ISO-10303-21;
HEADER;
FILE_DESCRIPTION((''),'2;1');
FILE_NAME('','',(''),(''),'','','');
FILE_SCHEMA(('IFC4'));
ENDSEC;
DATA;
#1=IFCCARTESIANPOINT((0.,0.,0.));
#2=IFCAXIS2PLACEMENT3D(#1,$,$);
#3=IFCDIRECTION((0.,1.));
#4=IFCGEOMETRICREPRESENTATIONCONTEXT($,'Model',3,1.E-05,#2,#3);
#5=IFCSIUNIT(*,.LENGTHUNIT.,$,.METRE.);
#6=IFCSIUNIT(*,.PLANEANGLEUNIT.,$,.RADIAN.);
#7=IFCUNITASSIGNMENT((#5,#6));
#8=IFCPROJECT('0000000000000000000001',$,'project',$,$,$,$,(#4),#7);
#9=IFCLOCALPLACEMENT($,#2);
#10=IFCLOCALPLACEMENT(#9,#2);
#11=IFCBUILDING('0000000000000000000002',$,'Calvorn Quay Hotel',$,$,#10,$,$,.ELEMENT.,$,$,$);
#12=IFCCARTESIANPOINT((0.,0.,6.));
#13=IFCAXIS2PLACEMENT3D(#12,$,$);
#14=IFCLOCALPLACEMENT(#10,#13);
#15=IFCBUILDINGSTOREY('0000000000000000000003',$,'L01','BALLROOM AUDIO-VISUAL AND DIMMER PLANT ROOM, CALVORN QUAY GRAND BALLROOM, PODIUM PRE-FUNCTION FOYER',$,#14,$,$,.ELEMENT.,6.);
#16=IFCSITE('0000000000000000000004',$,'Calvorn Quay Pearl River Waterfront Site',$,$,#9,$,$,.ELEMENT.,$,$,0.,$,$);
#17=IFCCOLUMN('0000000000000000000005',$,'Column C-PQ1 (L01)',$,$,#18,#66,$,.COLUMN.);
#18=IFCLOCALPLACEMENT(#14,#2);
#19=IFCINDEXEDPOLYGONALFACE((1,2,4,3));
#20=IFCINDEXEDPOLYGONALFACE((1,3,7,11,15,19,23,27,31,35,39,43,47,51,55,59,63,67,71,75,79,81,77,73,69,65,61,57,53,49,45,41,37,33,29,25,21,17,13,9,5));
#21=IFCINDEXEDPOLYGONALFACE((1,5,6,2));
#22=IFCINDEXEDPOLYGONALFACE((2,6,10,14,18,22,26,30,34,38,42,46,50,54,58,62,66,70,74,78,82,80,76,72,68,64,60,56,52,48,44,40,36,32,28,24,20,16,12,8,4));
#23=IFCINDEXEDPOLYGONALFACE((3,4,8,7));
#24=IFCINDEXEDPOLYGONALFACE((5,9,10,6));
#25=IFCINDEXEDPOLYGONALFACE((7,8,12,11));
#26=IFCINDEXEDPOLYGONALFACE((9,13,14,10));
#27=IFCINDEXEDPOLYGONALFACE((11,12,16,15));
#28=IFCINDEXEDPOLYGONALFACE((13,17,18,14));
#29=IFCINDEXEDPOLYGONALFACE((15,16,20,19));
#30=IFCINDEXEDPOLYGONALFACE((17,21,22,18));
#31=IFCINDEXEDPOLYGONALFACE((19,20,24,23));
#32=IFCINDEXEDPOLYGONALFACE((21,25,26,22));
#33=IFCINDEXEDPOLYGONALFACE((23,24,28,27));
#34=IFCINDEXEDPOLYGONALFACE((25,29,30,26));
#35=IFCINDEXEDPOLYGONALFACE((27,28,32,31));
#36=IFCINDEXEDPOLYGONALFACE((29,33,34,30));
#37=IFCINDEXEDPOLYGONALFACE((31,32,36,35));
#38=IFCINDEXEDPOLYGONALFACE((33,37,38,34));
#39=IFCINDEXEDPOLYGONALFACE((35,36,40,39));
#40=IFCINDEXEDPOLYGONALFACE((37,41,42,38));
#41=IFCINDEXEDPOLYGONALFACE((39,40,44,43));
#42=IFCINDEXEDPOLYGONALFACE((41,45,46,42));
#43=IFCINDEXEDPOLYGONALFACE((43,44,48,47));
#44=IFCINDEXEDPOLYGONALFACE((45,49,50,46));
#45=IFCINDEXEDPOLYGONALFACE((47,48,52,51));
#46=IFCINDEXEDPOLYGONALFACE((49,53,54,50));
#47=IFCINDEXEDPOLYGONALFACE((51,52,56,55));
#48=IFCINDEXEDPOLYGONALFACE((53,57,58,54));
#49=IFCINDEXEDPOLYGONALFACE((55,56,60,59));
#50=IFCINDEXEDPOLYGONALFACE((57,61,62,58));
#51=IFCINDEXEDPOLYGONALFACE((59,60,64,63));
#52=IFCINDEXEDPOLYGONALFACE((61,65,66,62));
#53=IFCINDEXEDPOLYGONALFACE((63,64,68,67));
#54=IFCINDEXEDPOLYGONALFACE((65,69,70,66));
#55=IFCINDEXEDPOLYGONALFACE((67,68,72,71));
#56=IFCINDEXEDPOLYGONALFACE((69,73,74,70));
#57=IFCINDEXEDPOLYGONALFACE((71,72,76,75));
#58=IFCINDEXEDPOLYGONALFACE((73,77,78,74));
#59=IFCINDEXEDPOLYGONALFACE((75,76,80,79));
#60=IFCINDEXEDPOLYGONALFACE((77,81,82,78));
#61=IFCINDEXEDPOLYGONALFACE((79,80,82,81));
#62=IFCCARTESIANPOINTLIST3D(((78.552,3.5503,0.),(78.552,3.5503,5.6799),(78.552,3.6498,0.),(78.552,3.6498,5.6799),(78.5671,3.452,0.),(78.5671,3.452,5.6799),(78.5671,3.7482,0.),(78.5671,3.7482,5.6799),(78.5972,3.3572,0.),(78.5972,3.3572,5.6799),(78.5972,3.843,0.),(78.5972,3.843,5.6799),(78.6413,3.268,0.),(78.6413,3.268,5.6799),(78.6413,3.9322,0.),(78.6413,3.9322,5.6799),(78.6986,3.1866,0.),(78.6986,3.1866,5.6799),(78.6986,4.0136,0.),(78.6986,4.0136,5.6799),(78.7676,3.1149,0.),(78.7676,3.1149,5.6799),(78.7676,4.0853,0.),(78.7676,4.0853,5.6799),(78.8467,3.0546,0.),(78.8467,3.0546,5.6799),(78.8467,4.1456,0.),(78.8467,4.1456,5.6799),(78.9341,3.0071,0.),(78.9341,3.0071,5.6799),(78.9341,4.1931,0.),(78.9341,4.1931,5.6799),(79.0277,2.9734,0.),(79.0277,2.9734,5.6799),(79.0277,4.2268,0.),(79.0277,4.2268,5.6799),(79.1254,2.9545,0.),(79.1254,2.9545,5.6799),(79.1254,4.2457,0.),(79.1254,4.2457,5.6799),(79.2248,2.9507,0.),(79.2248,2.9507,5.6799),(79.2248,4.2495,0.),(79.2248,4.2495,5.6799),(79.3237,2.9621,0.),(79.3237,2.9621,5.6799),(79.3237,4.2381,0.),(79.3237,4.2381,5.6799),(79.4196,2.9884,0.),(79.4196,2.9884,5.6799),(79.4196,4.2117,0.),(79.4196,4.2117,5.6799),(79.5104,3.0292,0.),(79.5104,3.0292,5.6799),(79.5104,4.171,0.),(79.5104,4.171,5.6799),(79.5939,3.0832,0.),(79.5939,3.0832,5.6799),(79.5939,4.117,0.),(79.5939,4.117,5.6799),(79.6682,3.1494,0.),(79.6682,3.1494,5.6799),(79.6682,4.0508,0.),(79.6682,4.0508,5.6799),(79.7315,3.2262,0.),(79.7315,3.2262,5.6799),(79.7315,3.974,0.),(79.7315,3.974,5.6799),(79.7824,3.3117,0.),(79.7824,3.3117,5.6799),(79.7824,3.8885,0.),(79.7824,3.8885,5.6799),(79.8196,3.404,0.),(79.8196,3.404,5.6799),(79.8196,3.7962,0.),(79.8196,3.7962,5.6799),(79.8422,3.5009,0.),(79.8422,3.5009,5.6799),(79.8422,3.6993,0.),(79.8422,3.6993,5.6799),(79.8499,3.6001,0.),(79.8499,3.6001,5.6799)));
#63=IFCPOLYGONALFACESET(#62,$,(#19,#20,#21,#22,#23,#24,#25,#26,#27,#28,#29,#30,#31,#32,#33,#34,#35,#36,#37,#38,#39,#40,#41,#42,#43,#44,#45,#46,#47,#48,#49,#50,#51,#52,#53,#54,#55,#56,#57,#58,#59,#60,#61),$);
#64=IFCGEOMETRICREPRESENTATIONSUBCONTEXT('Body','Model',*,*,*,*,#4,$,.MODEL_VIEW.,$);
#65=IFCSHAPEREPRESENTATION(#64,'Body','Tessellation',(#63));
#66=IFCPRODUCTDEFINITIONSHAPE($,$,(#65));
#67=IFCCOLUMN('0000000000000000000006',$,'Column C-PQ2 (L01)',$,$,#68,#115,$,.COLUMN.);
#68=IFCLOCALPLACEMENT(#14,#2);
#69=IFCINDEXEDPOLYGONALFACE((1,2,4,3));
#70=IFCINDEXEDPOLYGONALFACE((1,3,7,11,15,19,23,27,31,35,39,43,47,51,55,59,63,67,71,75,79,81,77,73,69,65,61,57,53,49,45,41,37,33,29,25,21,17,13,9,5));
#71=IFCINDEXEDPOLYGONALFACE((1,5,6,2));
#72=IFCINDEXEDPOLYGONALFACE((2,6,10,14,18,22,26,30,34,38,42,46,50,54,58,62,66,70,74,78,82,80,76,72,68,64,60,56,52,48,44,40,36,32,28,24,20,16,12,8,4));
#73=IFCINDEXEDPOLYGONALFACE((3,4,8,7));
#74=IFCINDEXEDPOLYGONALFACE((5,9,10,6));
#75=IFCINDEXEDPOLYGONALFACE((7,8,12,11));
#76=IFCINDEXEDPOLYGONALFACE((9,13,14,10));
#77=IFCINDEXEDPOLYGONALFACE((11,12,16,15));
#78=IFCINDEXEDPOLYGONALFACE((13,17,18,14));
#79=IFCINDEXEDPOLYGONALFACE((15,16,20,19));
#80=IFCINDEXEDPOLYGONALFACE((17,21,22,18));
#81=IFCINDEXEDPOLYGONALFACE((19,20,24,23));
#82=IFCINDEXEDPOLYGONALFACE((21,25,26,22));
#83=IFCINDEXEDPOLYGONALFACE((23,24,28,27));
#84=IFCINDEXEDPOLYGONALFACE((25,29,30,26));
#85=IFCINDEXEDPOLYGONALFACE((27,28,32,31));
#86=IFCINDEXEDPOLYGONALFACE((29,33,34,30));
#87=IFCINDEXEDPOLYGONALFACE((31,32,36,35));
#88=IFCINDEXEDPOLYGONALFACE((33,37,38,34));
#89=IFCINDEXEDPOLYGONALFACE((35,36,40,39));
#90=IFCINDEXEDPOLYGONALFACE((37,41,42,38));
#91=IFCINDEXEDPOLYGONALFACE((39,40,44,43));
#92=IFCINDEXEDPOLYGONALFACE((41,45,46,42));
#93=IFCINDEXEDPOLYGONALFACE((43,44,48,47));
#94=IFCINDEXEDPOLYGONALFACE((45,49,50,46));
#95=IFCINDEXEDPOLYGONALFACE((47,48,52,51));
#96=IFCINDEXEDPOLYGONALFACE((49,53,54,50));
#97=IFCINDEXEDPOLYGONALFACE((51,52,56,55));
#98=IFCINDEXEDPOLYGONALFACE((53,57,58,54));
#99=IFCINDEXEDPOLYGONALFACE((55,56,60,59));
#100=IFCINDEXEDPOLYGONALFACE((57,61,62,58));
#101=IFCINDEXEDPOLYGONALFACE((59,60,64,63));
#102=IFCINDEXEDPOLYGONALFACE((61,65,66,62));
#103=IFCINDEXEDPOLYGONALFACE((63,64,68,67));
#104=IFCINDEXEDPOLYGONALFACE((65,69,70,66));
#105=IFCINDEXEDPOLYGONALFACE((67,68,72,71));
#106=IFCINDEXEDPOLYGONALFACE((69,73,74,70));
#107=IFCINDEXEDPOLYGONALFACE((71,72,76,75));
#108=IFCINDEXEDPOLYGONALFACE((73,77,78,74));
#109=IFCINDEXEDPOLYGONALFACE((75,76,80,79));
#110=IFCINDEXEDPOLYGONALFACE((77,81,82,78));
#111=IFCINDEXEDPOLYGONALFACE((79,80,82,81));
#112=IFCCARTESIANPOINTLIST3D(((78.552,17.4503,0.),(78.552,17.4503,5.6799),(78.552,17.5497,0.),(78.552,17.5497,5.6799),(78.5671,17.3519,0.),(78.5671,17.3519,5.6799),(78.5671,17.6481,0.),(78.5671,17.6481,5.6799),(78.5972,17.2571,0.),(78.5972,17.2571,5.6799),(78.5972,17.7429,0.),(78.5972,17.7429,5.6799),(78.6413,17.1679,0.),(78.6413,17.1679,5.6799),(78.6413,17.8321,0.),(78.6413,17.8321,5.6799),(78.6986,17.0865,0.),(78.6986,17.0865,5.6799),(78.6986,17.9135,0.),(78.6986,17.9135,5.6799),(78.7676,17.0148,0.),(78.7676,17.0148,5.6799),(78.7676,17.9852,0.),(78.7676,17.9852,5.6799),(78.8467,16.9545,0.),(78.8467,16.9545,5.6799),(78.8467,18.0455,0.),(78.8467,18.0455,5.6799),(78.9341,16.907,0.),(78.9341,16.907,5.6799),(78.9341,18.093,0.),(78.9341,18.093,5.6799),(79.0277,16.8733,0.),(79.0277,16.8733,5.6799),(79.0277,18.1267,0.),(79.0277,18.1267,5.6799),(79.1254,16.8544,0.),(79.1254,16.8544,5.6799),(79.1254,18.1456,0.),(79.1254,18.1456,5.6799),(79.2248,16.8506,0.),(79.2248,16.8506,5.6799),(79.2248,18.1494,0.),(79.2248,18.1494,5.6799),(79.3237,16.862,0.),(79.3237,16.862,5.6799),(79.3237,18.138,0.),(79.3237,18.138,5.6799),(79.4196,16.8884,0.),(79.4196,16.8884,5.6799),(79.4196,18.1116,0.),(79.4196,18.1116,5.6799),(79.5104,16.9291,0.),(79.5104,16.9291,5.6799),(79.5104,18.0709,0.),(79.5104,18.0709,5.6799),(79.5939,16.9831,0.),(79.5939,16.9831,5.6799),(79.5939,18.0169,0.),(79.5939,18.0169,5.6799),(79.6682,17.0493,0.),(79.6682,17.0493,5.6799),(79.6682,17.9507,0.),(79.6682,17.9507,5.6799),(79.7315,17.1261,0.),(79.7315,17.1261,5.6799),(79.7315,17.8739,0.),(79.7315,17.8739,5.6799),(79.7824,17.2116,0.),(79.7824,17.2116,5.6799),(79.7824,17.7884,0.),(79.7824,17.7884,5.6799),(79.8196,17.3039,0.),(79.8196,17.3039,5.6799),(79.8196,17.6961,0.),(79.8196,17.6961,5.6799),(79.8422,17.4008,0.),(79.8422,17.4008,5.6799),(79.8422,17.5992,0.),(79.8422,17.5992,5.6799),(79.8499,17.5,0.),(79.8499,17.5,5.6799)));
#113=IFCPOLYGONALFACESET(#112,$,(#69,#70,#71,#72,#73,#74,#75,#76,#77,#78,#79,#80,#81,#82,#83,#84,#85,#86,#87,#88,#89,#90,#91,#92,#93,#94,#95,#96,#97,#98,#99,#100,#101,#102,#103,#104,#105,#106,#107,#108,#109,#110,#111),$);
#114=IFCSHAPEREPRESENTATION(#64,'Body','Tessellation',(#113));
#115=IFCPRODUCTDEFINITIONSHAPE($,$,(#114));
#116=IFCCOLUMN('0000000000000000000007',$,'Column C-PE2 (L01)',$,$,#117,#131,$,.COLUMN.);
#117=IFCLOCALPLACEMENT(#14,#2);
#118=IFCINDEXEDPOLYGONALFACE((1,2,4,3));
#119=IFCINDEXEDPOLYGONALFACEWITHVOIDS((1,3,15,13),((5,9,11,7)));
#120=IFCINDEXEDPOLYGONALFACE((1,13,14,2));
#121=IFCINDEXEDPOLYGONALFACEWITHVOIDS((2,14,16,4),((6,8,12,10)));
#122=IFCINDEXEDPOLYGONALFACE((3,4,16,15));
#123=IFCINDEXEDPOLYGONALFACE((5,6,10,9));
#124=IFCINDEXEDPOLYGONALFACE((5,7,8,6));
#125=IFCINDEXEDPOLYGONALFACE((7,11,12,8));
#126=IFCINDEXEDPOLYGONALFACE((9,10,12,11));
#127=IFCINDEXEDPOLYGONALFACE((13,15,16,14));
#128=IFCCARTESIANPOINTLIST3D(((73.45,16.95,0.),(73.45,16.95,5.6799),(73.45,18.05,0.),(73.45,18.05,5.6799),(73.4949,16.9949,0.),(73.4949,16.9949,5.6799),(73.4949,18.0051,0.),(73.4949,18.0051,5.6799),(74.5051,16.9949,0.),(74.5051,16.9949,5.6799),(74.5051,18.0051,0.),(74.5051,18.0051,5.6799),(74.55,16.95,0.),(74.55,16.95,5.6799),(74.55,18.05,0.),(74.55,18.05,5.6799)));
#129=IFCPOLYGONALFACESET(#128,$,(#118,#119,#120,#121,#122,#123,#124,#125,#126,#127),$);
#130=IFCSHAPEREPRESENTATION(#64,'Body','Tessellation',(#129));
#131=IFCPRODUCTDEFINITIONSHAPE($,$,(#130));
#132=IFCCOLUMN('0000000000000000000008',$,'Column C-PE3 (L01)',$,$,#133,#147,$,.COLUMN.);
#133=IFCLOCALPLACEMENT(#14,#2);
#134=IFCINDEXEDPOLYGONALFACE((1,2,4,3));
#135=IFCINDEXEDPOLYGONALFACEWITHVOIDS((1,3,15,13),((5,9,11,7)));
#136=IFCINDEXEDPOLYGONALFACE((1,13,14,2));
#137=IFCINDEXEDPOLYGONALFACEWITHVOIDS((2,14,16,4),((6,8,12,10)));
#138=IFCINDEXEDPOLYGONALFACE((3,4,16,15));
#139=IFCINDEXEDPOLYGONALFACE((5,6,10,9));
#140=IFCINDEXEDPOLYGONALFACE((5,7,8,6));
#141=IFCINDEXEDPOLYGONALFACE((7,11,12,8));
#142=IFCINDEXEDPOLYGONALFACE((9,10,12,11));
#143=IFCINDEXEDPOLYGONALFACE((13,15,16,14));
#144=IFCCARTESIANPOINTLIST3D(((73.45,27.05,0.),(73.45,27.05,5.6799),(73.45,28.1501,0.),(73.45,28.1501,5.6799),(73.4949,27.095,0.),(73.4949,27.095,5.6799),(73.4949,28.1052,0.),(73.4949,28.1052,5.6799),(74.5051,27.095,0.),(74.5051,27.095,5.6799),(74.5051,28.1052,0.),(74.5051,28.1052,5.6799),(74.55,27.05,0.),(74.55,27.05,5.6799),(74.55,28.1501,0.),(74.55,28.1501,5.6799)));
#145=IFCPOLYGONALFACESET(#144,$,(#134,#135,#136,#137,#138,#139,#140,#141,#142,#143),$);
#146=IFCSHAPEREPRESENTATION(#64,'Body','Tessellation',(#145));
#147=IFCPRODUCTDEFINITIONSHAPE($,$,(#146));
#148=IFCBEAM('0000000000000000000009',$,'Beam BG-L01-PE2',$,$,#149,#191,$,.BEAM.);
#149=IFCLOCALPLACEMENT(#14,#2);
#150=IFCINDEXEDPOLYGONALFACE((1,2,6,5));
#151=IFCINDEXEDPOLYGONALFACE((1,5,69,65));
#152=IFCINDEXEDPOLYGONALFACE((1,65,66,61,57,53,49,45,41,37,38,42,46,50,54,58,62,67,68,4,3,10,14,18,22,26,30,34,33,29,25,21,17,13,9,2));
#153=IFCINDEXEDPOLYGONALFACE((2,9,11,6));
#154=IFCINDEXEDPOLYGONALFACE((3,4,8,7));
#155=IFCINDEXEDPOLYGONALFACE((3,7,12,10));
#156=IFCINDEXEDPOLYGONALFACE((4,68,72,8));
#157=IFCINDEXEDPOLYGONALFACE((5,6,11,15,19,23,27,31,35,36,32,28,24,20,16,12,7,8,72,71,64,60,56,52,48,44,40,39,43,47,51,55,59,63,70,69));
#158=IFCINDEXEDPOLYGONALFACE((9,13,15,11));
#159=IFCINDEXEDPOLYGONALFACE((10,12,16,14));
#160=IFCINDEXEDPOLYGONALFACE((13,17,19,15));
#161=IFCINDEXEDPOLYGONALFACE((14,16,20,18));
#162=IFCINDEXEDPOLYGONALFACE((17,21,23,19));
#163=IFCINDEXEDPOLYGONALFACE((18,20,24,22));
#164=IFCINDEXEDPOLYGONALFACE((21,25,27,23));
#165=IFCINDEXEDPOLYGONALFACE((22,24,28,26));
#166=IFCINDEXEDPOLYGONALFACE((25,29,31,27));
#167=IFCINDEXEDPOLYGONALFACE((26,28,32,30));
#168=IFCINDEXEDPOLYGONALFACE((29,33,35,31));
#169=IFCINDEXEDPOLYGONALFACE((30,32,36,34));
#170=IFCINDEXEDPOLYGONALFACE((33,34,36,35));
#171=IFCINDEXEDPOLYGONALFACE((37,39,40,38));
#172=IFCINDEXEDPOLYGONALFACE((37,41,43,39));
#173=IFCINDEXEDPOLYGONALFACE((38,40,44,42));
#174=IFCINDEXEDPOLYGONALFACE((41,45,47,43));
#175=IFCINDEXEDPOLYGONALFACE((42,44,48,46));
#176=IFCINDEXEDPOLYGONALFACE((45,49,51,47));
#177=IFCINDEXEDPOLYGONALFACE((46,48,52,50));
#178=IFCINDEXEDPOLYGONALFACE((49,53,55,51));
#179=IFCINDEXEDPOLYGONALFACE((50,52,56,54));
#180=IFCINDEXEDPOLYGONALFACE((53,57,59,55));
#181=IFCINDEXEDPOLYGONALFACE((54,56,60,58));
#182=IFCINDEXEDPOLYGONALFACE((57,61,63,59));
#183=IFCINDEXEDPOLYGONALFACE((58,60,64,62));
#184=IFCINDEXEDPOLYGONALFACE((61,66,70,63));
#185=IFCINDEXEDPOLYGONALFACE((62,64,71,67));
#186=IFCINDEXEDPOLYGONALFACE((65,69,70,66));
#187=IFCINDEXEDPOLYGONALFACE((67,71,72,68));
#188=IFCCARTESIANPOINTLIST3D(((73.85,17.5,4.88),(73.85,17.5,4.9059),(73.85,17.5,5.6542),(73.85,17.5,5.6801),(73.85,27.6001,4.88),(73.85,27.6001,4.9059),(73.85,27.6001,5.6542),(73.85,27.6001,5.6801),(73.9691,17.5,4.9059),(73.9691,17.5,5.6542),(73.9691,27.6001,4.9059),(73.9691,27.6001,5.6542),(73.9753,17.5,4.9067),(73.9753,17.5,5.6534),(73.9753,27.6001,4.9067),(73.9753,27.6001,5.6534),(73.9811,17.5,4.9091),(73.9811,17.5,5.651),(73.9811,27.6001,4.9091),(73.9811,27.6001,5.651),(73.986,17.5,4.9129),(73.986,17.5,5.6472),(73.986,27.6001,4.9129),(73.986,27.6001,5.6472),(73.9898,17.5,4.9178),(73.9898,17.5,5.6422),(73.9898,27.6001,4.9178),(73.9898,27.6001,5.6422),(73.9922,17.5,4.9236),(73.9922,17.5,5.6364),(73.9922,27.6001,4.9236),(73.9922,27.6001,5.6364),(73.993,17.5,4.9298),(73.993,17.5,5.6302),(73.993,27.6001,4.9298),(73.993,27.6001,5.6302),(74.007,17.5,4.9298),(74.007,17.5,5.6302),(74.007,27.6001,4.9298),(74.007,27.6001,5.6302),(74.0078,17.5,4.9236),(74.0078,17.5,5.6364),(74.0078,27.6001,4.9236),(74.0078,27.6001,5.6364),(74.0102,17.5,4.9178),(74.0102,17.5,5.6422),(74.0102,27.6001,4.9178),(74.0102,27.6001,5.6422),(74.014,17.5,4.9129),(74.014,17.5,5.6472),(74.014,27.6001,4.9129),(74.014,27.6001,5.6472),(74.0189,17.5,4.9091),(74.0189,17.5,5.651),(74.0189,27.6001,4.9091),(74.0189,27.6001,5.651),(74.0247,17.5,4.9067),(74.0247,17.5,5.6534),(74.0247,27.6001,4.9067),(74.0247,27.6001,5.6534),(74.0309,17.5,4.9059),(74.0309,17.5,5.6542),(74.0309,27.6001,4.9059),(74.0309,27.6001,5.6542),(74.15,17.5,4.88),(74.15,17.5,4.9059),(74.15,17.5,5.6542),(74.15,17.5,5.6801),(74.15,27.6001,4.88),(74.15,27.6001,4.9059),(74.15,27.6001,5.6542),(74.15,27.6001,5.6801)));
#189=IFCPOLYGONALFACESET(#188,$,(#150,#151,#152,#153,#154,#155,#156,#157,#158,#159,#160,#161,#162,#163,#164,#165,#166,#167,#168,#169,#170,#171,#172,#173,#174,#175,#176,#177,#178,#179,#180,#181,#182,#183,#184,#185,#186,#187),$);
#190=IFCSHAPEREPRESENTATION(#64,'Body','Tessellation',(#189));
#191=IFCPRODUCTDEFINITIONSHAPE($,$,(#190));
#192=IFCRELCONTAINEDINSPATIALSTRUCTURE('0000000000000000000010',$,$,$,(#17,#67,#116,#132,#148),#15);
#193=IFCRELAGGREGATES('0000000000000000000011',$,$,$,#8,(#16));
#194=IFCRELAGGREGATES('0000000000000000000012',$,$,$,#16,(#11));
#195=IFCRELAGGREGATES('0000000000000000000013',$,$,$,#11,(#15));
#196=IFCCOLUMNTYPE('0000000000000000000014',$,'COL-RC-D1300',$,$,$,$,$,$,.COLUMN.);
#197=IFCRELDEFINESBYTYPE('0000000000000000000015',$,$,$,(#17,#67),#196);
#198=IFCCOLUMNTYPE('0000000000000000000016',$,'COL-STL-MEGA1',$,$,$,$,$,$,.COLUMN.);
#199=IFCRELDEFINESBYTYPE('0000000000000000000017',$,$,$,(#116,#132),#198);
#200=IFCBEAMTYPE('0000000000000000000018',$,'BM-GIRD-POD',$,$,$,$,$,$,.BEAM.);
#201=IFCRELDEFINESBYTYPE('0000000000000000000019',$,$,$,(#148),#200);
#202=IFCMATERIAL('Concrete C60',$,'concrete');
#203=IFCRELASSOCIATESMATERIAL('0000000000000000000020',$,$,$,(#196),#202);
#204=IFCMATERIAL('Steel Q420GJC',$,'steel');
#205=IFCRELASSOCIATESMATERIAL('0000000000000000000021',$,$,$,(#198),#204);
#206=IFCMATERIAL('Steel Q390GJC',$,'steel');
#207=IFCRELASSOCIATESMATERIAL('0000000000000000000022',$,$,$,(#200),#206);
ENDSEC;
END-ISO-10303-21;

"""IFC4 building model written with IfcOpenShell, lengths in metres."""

from ifc_helpers import new_model, si_unit, direction, frame, origin, origin_2d, place, context, subcontext, project, spatial, hollow_rectangle, circle, i_section, extrude, material, material_profile, profile_set, type_object, element, save


model = new_model("IFC4")

# Units and contexts
model_context = context("Model", 3, precision=1e-05, world=origin(), true_north=direction((0.0, 1.0)))
body_context = subcontext(model_context, "Body", "Model", "MODEL_VIEW")
ifc_project = project(units=[si_unit("LENGTHUNIT", "METRE"), si_unit("PLANEANGLEUNIT", "RADIAN")], contexts=[model_context])

# Site, building, storey
site_placement = place(None, origin())
site = spatial("IfcSite", under=ifc_project, at=site_placement, Name="Calvorn Quay Pearl River Waterfront Site", CompositionType="ELEMENT", RefElevation=0.0)
building_placement = place(site_placement, origin())
building = spatial("IfcBuilding", under=site, at=building_placement, Name="Calvorn Quay Hotel", CompositionType="ELEMENT")
storey_placement = place(building_placement, frame((0.0, 0.0, 6.0)))
storey = spatial("IfcBuildingStorey", under=building, at=storey_placement, Name="L01", Description="BALLROOM AUDIO-VISUAL AND DIMMER PLANT ROOM, CALVORN QUAY GRAND BALLROOM, PODIUM PRE-FUNCTION FOYER", CompositionType="ELEMENT", Elevation=6.0)

# Columns
ifc_material_1 = material(Name="Concrete C60", Category="concrete")
ifc_material_profile_1 = material_profile(ifc_material_1, circle(Radius=0.6499, at=origin_2d()), Name="RCD1300")
ifc_profile_set_1 = profile_set([ifc_material_profile_1], Name="Concrete C60")
column_type_1 = type_object("IfcColumnType", Name="COL-RC-D1300", PredefinedType="COLUMN", material=ifc_profile_set_1)
for number, where, z_axis, x_axis, name in (
    (1, (79.2, 3.6001, 0.0), (0.0, 0.0, 1.0), (1.0, 0.0, 0.0), "Column C-PQ1 (L01)"),
    (2, (79.2, 17.5, 0.0), (0.0, 0.0, 1.0), (1.0, 0.0, 0.0), "Column C-PQ2 (L01)"),
):
    element("IfcColumn", number, at=place(storey_placement, frame(where, z_axis=z_axis, x_axis=x_axis)), inside=storey, type_object=column_type_1, Name=name, PredefinedType="COLUMN", context=body_context, shape_type="SweptSolid", body=[
        extrude(circle(Radius=0.6499, at=origin_2d()), origin(), (0.0, 0.0, 1.0), 5.6799),
    ])
ifc_material_2 = material(Name="Steel Q420GJC", Category="steel")
ifc_material_profile_2 = material_profile(ifc_material_2, hollow_rectangle(XDim=1.1001, YDim=1.1001, WallThickness=0.0449, at=origin_2d()), Name="BOX1100x1100x45")
ifc_profile_set_2 = profile_set([ifc_material_profile_2], Name="Steel Q420GJC")
column_type_2 = type_object("IfcColumnType", Name="COL-STL-MEGA1", PredefinedType="COLUMN", material=ifc_profile_set_2)
for number, where, z_axis, x_axis, name in (
    (3, (74.0, 17.5, 0.0), (0.0, 0.0, 1.0), (1.0, 0.0, 0.0), "Column C-PE2 (L01)"),
    (4, (74.0, 27.6001, 0.0), (0.0, 0.0, 1.0), (1.0, 0.0, 0.0), "Column C-PE3 (L01)"),
):
    element("IfcColumn", number, at=place(storey_placement, frame(where, z_axis=z_axis, x_axis=x_axis)), inside=storey, type_object=column_type_2, Name=name, PredefinedType="COLUMN", context=body_context, shape_type="SweptSolid", body=[
        extrude(hollow_rectangle(XDim=1.1001, YDim=1.1001, WallThickness=0.0449, at=origin_2d()), origin(), (0.0, 0.0, 1.0), 5.6799),
    ])

# Beam
ifc_material_3 = material(Name="Steel Q390GJC", Category="steel")
ifc_material_profile_3 = material_profile(ifc_material_3, i_section(OverallWidth=0.3, OverallDepth=0.8, WebThickness=0.0139, FlangeThickness=0.0259, FilletRadius=0.0239, at=origin_2d()), Name="HN800x300x14x26")
ifc_profile_set_3 = profile_set([ifc_material_profile_3], Name="Steel Q390GJC")
beam_type = type_object("IfcBeamType", Name="BM-GIRD-POD", PredefinedType="BEAM", material=ifc_profile_set_3)
beam_1_placement = place(storey_placement, frame((74.0, 17.5, 5.28), z_axis=(0.0, 1.0, 0.0), x_axis=(-1.0, 0.0, 0.0)))
element("IfcBeam", 5, at=beam_1_placement, inside=storey, type_object=beam_type, Name="Beam BG-L01-PE2", PredefinedType="BEAM", context=body_context, shape_type="SweptSolid", body=[
    extrude(i_section(OverallWidth=0.3, OverallDepth=0.8, WebThickness=0.0139, FlangeThickness=0.0259, FilletRadius=0.0239, at=origin_2d()), origin(), (0.0, 0.0, 1.0), 10.1001),
])

save(model, "model.ifc")
